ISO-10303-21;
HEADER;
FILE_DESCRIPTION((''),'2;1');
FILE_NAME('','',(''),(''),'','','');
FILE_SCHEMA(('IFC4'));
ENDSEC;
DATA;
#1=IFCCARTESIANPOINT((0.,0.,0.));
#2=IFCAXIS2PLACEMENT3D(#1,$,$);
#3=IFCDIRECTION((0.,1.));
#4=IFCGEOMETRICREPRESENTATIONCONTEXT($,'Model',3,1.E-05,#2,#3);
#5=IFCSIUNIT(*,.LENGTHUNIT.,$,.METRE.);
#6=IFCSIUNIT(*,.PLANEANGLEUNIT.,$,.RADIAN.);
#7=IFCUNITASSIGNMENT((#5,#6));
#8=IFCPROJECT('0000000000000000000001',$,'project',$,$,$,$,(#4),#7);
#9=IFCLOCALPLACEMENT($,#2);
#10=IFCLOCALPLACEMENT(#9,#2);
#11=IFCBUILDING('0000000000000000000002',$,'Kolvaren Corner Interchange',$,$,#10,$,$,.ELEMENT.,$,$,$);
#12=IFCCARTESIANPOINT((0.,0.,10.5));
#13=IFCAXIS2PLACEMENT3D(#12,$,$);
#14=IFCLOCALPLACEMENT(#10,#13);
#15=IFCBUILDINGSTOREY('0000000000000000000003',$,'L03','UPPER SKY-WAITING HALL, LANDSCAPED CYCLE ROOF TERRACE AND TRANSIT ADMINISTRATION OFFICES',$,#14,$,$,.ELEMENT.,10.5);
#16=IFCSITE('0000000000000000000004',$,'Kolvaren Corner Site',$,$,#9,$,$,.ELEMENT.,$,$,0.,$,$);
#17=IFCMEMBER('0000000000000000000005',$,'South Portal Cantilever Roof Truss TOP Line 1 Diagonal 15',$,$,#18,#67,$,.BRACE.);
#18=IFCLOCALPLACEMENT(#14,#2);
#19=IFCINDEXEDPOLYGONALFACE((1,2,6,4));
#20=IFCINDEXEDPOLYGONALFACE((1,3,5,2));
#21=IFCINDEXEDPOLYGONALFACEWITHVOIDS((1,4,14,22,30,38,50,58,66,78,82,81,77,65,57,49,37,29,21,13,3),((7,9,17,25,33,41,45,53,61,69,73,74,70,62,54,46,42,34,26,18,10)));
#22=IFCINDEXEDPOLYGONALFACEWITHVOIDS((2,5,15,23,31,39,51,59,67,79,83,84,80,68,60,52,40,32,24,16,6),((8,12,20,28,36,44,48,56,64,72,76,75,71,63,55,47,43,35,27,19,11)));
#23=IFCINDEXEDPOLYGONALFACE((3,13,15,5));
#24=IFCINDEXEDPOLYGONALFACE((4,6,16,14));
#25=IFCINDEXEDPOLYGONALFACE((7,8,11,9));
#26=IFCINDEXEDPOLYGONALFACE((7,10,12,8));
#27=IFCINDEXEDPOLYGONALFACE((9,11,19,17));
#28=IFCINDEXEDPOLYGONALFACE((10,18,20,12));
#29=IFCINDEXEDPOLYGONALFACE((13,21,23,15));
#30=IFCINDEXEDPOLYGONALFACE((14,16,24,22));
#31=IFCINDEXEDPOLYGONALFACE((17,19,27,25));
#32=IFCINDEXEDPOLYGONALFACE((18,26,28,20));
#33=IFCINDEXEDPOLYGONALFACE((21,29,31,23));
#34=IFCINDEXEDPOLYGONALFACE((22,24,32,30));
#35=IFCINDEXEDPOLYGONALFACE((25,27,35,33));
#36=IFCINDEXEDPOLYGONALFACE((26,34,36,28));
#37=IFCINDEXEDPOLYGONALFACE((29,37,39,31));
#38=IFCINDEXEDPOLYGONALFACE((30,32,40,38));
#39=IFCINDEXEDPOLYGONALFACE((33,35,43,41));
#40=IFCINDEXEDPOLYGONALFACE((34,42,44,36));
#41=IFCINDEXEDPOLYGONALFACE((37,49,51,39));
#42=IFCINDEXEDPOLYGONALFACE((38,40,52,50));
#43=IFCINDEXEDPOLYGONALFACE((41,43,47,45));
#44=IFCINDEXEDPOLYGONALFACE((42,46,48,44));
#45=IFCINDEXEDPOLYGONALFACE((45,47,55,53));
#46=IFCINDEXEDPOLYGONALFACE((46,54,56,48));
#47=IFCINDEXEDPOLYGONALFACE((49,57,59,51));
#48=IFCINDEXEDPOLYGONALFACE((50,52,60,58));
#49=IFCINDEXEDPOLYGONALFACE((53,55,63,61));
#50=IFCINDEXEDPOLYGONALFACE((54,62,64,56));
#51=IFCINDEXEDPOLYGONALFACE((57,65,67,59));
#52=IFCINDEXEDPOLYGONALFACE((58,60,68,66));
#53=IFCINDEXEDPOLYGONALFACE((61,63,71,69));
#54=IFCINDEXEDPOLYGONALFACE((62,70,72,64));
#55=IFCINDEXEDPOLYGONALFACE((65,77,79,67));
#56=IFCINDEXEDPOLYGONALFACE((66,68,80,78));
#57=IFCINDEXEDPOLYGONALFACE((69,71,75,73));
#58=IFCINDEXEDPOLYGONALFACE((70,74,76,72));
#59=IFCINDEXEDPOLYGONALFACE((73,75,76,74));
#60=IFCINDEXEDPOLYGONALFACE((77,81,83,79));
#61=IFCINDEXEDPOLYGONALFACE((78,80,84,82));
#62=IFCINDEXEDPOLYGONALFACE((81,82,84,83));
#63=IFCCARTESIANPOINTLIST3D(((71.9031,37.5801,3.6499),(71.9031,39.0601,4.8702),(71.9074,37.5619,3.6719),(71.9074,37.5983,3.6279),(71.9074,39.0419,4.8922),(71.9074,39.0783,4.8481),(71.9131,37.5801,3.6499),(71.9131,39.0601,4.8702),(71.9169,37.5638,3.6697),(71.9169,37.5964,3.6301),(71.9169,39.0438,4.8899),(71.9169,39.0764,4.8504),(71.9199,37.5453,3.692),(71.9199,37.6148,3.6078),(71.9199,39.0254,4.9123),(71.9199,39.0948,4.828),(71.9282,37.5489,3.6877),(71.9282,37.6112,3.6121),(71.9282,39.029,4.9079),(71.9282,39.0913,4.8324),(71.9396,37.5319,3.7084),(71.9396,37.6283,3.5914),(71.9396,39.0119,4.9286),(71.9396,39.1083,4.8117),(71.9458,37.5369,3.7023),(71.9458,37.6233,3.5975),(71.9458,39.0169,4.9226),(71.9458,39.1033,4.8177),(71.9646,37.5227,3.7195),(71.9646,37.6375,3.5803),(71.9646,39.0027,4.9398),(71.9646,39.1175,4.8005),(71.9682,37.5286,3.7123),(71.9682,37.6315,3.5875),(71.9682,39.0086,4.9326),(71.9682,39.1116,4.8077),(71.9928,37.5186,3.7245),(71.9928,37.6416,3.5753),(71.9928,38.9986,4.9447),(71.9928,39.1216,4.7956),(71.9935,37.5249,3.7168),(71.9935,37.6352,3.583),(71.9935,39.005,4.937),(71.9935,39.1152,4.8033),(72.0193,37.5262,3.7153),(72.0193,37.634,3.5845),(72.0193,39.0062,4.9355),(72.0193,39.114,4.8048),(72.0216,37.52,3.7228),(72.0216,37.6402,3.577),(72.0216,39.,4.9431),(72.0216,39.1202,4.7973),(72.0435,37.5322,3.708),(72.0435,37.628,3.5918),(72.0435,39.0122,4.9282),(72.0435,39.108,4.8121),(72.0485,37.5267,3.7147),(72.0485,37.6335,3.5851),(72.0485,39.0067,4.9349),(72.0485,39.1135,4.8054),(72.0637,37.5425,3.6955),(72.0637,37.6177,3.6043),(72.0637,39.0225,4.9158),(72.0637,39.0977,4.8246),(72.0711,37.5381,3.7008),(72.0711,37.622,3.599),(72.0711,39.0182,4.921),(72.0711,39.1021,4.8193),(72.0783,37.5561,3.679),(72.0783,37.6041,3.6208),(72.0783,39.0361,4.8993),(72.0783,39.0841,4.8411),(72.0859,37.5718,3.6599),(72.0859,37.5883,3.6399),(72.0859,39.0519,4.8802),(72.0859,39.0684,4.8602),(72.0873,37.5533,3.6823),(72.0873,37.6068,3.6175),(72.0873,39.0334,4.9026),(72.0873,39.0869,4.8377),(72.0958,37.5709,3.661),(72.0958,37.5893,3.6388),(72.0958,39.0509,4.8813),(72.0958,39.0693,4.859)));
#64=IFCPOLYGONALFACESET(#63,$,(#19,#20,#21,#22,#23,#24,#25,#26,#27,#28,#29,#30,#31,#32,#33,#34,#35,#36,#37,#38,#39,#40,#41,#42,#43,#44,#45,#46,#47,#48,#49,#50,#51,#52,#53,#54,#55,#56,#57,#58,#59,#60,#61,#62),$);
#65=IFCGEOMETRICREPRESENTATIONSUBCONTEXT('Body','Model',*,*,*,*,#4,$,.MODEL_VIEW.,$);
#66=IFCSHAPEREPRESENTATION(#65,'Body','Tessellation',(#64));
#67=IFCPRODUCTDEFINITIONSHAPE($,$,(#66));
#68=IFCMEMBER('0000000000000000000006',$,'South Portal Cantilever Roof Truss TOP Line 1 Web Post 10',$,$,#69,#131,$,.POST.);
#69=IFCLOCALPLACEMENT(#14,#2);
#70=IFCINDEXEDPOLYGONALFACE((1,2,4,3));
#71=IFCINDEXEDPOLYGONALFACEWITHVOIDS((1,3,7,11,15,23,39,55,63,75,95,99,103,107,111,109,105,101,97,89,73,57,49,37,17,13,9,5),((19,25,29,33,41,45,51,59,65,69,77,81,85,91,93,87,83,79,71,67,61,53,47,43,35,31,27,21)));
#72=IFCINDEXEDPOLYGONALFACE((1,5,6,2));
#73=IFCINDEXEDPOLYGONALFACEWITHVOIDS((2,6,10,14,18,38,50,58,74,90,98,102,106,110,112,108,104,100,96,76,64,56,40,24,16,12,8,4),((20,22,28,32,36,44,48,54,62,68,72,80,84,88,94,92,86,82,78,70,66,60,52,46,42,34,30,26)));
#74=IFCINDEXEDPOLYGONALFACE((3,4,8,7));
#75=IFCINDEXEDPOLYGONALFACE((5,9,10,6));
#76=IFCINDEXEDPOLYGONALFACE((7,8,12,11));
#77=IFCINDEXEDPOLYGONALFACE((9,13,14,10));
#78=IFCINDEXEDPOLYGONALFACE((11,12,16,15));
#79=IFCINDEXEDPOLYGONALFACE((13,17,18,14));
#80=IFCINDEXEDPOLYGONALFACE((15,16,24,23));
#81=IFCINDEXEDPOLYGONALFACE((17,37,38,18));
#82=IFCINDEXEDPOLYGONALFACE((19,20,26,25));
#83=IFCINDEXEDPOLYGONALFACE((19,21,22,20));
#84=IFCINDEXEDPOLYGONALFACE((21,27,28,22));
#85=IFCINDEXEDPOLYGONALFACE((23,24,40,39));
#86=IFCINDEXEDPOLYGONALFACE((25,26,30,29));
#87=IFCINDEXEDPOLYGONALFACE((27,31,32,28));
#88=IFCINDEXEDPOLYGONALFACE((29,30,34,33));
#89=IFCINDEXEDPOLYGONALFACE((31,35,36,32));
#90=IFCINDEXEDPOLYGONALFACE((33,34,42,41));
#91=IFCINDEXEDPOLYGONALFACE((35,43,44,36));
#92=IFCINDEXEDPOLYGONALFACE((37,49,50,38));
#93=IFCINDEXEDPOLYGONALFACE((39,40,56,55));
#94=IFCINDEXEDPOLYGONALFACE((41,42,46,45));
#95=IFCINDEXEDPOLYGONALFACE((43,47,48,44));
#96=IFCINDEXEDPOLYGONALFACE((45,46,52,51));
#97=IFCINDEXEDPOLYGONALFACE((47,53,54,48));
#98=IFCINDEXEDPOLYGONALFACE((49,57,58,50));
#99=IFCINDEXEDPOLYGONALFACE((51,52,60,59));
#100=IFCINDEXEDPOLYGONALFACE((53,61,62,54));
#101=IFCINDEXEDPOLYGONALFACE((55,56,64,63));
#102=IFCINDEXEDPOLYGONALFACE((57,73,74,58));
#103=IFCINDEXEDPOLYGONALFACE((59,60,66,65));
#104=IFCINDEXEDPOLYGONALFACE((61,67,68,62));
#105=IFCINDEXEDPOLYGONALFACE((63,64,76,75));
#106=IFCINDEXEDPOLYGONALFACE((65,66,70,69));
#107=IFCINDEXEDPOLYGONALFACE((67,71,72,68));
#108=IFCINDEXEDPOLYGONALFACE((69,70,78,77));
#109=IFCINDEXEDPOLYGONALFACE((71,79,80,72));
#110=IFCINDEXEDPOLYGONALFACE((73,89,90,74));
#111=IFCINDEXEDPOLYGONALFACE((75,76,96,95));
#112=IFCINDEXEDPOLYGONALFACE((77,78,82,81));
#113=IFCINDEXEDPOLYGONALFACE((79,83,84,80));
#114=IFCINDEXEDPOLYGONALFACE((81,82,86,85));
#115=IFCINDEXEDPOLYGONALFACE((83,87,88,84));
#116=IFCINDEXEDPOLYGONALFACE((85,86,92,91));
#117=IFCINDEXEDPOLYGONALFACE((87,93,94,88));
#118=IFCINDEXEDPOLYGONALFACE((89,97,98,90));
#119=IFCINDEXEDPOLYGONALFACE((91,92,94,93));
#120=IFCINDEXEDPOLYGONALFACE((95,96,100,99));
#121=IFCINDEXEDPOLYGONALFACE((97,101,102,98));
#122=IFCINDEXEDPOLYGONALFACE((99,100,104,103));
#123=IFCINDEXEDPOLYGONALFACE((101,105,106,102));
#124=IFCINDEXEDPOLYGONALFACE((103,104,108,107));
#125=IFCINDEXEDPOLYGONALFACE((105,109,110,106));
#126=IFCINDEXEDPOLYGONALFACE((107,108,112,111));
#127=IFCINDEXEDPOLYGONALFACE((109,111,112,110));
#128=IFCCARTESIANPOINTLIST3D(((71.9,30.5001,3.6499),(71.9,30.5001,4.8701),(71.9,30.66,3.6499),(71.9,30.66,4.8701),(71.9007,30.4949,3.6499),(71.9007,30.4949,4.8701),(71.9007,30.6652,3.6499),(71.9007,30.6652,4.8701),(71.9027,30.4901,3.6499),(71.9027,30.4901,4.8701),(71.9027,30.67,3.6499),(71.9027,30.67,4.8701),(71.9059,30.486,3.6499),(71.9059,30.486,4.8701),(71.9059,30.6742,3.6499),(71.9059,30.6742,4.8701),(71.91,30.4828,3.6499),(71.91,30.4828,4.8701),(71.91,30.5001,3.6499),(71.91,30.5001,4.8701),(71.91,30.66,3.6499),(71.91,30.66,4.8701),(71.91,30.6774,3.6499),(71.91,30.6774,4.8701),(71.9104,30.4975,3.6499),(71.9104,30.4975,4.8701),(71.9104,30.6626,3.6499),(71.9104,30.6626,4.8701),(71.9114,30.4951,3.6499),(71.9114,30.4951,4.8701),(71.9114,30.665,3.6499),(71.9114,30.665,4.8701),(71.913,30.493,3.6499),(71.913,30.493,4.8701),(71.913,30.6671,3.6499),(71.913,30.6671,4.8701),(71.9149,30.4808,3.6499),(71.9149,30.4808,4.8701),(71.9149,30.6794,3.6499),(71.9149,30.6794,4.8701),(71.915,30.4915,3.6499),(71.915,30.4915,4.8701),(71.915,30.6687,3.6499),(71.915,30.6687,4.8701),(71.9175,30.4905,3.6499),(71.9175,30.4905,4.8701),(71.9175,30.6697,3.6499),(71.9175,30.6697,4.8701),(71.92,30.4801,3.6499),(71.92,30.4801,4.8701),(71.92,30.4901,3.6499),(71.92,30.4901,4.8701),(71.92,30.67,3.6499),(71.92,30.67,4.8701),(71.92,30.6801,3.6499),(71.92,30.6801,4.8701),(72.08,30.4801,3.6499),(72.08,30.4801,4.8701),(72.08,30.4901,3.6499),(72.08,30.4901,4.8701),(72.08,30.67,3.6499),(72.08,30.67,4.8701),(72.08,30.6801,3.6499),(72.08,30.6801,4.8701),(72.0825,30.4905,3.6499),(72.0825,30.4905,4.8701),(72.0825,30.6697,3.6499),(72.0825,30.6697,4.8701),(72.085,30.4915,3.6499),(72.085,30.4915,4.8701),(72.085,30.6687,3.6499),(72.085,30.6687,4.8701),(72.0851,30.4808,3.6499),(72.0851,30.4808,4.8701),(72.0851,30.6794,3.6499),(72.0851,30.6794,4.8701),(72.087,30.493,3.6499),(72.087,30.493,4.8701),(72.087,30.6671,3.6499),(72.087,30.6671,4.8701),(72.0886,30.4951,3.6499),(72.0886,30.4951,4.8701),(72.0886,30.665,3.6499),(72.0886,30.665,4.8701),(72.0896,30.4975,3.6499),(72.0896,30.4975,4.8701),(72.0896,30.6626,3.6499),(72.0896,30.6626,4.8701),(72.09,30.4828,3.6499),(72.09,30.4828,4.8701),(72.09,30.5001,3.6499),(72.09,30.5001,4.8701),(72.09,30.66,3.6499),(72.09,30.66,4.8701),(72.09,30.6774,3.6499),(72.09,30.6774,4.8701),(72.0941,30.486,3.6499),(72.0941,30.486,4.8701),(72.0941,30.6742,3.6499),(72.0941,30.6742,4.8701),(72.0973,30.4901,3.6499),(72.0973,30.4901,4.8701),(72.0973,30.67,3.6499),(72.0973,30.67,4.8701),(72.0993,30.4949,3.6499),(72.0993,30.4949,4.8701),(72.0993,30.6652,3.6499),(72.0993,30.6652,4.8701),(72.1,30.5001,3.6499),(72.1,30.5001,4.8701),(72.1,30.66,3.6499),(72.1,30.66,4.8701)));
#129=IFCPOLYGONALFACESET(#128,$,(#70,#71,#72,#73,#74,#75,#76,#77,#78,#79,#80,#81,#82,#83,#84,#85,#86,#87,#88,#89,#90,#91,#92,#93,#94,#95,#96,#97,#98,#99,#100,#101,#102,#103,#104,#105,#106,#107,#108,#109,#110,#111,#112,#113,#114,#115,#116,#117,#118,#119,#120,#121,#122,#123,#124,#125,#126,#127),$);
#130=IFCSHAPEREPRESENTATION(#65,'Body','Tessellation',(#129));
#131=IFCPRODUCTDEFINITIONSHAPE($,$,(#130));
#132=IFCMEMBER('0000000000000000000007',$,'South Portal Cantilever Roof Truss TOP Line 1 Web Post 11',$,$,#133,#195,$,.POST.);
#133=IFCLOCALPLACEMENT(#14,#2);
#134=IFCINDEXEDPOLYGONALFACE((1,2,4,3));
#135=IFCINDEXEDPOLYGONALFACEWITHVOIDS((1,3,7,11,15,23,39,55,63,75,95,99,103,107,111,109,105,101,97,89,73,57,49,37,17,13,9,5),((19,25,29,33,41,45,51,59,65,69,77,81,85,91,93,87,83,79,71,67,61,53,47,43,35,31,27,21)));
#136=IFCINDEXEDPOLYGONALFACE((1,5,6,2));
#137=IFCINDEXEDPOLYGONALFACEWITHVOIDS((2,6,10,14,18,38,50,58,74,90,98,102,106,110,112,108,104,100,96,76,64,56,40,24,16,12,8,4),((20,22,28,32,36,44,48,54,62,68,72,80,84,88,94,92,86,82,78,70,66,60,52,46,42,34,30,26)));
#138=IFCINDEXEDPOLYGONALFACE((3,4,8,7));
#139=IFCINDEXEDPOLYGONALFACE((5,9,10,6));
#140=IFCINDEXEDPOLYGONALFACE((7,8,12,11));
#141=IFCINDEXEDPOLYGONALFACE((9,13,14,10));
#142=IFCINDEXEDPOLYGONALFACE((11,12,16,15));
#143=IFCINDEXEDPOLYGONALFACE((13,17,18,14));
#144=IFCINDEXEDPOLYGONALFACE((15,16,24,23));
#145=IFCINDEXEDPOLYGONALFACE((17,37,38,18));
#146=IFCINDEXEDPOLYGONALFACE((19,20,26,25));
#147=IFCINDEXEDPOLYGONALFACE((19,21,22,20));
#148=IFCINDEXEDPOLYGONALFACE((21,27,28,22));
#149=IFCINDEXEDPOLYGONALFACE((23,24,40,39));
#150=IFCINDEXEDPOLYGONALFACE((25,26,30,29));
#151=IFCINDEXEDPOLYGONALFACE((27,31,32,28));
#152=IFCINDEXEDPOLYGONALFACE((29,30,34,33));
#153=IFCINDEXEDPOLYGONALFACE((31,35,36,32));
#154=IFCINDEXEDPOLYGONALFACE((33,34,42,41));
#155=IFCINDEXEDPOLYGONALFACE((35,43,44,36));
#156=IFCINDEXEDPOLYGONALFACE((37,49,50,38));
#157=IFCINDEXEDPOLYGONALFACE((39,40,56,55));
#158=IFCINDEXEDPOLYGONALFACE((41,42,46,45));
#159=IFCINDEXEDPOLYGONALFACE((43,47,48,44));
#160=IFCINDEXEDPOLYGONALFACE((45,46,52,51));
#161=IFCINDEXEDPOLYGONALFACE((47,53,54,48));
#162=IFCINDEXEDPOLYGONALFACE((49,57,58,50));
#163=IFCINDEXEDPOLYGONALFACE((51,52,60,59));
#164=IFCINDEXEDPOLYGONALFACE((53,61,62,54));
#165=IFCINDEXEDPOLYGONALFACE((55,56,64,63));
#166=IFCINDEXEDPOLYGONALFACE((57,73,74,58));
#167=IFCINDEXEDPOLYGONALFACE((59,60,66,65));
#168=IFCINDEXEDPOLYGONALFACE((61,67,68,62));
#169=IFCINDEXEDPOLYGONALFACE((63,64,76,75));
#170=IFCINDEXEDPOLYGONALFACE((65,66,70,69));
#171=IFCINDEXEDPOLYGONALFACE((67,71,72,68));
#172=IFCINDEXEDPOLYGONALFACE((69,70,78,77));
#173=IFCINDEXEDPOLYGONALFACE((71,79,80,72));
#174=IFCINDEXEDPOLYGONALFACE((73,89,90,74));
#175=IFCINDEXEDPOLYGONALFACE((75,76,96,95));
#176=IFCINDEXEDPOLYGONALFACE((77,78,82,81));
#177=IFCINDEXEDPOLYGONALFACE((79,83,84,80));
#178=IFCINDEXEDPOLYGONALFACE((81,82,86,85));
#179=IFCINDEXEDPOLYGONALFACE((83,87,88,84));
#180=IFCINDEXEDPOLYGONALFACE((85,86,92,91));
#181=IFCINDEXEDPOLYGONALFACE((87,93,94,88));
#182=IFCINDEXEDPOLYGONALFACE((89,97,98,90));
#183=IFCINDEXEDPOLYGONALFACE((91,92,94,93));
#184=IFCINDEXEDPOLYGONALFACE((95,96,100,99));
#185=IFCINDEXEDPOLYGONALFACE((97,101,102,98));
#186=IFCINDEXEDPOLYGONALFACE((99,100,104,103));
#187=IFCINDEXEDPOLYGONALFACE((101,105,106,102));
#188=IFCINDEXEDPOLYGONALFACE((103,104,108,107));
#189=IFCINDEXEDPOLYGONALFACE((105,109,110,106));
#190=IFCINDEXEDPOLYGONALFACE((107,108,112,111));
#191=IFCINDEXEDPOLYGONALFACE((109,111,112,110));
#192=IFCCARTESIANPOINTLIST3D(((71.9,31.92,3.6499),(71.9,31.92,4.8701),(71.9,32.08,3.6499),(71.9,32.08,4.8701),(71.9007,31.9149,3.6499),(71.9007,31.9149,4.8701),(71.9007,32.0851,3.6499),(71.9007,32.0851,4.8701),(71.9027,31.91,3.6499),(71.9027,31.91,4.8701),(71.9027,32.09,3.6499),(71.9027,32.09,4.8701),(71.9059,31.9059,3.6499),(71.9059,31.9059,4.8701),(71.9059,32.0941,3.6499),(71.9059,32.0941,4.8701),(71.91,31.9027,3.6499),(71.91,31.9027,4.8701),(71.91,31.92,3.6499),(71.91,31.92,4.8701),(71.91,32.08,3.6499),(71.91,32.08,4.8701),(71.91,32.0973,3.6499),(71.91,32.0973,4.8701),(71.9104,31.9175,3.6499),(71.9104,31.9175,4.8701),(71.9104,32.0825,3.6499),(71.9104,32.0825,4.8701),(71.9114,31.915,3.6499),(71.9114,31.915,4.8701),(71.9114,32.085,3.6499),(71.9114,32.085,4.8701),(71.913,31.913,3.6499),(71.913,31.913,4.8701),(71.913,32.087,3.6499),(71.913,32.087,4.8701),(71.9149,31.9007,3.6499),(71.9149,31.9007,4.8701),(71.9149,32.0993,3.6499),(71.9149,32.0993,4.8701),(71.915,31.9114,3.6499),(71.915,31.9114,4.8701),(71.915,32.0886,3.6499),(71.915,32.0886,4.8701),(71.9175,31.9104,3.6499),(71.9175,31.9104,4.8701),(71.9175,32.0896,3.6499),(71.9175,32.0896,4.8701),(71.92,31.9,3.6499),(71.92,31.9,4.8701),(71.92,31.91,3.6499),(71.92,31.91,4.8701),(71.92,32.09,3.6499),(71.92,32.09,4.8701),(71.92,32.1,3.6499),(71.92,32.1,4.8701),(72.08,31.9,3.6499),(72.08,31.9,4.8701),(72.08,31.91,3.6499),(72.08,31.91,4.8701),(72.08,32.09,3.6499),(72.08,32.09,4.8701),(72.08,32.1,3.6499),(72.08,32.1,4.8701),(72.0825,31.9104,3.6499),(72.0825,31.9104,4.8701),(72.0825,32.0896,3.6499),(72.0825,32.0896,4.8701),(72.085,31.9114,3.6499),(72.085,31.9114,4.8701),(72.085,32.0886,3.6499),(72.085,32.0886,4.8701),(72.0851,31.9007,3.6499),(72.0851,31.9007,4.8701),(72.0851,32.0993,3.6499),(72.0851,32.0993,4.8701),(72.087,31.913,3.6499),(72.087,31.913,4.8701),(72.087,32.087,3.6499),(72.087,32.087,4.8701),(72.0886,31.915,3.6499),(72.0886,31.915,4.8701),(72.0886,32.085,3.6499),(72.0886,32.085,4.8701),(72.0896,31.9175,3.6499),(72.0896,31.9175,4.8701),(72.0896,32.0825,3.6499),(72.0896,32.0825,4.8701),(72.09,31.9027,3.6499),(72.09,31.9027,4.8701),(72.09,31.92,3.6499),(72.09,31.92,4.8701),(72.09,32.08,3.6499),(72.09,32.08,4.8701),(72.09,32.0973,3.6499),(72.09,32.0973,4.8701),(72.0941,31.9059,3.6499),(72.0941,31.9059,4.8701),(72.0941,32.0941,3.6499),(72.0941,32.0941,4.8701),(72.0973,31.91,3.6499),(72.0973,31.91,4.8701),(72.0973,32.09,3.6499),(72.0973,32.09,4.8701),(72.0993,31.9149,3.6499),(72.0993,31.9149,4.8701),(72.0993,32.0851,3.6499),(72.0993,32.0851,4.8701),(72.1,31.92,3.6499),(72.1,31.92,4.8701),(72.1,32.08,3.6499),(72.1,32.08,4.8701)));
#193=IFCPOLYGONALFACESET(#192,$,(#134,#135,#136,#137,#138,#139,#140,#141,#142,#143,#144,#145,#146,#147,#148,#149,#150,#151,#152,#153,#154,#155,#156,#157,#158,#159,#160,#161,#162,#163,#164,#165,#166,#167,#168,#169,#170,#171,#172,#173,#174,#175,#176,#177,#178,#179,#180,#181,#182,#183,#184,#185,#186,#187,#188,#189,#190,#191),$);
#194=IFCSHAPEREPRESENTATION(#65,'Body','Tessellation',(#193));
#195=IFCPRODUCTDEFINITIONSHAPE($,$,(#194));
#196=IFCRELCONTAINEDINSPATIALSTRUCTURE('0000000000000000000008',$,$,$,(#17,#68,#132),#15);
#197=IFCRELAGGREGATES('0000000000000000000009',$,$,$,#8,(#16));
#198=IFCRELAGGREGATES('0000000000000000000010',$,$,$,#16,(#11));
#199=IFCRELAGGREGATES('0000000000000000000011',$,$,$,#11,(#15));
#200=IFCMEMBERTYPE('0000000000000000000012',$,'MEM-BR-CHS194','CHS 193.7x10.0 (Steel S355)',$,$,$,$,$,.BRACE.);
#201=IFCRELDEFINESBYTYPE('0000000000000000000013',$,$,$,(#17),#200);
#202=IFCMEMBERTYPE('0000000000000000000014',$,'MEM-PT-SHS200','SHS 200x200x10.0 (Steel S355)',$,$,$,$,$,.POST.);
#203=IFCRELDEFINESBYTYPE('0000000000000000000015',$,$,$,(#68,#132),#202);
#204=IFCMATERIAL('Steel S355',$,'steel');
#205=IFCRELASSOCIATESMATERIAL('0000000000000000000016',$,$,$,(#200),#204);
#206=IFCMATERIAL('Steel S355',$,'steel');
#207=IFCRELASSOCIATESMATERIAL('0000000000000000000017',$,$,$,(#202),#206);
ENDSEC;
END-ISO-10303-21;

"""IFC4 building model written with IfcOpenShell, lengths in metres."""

from ifc_helpers import new_model, si_unit, direction, frame, origin, origin_2d, place, context, subcontext, project, spatial, hollow_rectangle, hollow_circle, extrude, material, material_profile, profile_set, type_object, element, save


model = new_model("IFC4")

# Units and contexts
model_context = context("Model", 3, precision=1e-05, world=origin(), true_north=direction((0.0, 1.0)))
body_context = subcontext(model_context, "Body", "Model", "MODEL_VIEW")
ifc_project = project(units=[si_unit("LENGTHUNIT", "METRE"), si_unit("PLANEANGLEUNIT", "RADIAN")], contexts=[model_context])

# Site, building, storey
site_placement = place(None, origin())
site = spatial("IfcSite", under=ifc_project, at=site_placement, Name="Kolvaren Corner Site", CompositionType="ELEMENT", RefElevation=0.0)
building_placement = place(site_placement, origin())
building = spatial("IfcBuilding", under=site, at=building_placement, Name="Kolvaren Corner Interchange", CompositionType="ELEMENT")
storey_placement = place(building_placement, frame((0.0, 0.0, 10.5)))
storey = spatial("IfcBuildingStorey", under=building, at=storey_placement, Name="L03", Description="UPPER SKY-WAITING HALL, LANDSCAPED CYCLE ROOF TERRACE AND TRANSIT ADMINISTRATION OFFICES", CompositionType="ELEMENT", Elevation=10.5)

# Members
ifc_material_1 = material(Name="Steel S355", Category="steel")
ifc_material_profile_1 = material_profile(ifc_material_1, hollow_circle(Radius=0.0969, WallThickness=0.01, at=origin_2d()), Name="CHS 193.7x10.0")
ifc_profile_set_1 = profile_set([ifc_material_profile_1], Name="Steel S355")
member_type_1 = type_object("IfcMemberType", Name="MEM-BR-CHS194", Description="CHS 193.7x10.0 (Steel S355)", PredefinedType="BRACE", material=ifc_profile_set_1)
for number, where, z_axis, x_axis, name in (
    (1, (72.0, 37.5801, 3.6499), (0.0, 0.77157, 0.636144), (-1.0, 0.0, 0.0), "South Portal Cantilever Roof Truss TOP Line 1 Diagonal 15"),
):
    element("IfcMember", number, at=place(storey_placement, frame(where, z_axis=z_axis, x_axis=x_axis)), inside=storey, type_object=member_type_1, Name=name, PredefinedType="BRACE", context=body_context, shape_type="SweptSolid", body=[
        extrude(hollow_circle(Radius=0.0969, WallThickness=0.01, at=origin_2d()), origin(), (0.0, 0.0, 1.0), 1.9182),
    ])
ifc_material_2 = material(Name="Steel S355", Category="steel")
ifc_material_profile_2 = material_profile(ifc_material_2, hollow_rectangle(XDim=0.2, YDim=0.2, WallThickness=0.01, InnerFilletRadius=0.01, OuterFilletRadius=0.02, at=origin_2d()), Name="SHS 200x200x10.0")
ifc_profile_set_2 = profile_set([ifc_material_profile_2], Name="Steel S355")
member_type_2 = type_object("IfcMemberType", Name="MEM-PT-SHS200", Description="SHS 200x200x10.0 (Steel S355)", PredefinedType="POST", material=ifc_profile_set_2)
for number, where, z_axis, x_axis, name in (
    (2, (72.0, 30.5801, 3.6499), (0.0, 0.0, 1.0), (1.0, 0.0, 0.0), "South Portal Cantilever Roof Truss TOP Line 1 Web Post 10"),
    (3, (72.0, 32.0, 3.6499), (0.0, 0.0, 1.0), (1.0, 0.0, 0.0), "South Portal Cantilever Roof Truss TOP Line 1 Web Post 11"),
):
    element("IfcMember", number, at=place(storey_placement, frame(where, z_axis=z_axis, x_axis=x_axis)), inside=storey, type_object=member_type_2, Name=name, PredefinedType="POST", context=body_context, shape_type="SweptSolid", body=[
        extrude(hollow_rectangle(XDim=0.2, YDim=0.2, WallThickness=0.01, InnerFilletRadius=0.01, OuterFilletRadius=0.02, at=origin_2d()), origin(), (0.0, 0.0, 1.0), 1.2202),
    ])

save(model, "model.ifc")
